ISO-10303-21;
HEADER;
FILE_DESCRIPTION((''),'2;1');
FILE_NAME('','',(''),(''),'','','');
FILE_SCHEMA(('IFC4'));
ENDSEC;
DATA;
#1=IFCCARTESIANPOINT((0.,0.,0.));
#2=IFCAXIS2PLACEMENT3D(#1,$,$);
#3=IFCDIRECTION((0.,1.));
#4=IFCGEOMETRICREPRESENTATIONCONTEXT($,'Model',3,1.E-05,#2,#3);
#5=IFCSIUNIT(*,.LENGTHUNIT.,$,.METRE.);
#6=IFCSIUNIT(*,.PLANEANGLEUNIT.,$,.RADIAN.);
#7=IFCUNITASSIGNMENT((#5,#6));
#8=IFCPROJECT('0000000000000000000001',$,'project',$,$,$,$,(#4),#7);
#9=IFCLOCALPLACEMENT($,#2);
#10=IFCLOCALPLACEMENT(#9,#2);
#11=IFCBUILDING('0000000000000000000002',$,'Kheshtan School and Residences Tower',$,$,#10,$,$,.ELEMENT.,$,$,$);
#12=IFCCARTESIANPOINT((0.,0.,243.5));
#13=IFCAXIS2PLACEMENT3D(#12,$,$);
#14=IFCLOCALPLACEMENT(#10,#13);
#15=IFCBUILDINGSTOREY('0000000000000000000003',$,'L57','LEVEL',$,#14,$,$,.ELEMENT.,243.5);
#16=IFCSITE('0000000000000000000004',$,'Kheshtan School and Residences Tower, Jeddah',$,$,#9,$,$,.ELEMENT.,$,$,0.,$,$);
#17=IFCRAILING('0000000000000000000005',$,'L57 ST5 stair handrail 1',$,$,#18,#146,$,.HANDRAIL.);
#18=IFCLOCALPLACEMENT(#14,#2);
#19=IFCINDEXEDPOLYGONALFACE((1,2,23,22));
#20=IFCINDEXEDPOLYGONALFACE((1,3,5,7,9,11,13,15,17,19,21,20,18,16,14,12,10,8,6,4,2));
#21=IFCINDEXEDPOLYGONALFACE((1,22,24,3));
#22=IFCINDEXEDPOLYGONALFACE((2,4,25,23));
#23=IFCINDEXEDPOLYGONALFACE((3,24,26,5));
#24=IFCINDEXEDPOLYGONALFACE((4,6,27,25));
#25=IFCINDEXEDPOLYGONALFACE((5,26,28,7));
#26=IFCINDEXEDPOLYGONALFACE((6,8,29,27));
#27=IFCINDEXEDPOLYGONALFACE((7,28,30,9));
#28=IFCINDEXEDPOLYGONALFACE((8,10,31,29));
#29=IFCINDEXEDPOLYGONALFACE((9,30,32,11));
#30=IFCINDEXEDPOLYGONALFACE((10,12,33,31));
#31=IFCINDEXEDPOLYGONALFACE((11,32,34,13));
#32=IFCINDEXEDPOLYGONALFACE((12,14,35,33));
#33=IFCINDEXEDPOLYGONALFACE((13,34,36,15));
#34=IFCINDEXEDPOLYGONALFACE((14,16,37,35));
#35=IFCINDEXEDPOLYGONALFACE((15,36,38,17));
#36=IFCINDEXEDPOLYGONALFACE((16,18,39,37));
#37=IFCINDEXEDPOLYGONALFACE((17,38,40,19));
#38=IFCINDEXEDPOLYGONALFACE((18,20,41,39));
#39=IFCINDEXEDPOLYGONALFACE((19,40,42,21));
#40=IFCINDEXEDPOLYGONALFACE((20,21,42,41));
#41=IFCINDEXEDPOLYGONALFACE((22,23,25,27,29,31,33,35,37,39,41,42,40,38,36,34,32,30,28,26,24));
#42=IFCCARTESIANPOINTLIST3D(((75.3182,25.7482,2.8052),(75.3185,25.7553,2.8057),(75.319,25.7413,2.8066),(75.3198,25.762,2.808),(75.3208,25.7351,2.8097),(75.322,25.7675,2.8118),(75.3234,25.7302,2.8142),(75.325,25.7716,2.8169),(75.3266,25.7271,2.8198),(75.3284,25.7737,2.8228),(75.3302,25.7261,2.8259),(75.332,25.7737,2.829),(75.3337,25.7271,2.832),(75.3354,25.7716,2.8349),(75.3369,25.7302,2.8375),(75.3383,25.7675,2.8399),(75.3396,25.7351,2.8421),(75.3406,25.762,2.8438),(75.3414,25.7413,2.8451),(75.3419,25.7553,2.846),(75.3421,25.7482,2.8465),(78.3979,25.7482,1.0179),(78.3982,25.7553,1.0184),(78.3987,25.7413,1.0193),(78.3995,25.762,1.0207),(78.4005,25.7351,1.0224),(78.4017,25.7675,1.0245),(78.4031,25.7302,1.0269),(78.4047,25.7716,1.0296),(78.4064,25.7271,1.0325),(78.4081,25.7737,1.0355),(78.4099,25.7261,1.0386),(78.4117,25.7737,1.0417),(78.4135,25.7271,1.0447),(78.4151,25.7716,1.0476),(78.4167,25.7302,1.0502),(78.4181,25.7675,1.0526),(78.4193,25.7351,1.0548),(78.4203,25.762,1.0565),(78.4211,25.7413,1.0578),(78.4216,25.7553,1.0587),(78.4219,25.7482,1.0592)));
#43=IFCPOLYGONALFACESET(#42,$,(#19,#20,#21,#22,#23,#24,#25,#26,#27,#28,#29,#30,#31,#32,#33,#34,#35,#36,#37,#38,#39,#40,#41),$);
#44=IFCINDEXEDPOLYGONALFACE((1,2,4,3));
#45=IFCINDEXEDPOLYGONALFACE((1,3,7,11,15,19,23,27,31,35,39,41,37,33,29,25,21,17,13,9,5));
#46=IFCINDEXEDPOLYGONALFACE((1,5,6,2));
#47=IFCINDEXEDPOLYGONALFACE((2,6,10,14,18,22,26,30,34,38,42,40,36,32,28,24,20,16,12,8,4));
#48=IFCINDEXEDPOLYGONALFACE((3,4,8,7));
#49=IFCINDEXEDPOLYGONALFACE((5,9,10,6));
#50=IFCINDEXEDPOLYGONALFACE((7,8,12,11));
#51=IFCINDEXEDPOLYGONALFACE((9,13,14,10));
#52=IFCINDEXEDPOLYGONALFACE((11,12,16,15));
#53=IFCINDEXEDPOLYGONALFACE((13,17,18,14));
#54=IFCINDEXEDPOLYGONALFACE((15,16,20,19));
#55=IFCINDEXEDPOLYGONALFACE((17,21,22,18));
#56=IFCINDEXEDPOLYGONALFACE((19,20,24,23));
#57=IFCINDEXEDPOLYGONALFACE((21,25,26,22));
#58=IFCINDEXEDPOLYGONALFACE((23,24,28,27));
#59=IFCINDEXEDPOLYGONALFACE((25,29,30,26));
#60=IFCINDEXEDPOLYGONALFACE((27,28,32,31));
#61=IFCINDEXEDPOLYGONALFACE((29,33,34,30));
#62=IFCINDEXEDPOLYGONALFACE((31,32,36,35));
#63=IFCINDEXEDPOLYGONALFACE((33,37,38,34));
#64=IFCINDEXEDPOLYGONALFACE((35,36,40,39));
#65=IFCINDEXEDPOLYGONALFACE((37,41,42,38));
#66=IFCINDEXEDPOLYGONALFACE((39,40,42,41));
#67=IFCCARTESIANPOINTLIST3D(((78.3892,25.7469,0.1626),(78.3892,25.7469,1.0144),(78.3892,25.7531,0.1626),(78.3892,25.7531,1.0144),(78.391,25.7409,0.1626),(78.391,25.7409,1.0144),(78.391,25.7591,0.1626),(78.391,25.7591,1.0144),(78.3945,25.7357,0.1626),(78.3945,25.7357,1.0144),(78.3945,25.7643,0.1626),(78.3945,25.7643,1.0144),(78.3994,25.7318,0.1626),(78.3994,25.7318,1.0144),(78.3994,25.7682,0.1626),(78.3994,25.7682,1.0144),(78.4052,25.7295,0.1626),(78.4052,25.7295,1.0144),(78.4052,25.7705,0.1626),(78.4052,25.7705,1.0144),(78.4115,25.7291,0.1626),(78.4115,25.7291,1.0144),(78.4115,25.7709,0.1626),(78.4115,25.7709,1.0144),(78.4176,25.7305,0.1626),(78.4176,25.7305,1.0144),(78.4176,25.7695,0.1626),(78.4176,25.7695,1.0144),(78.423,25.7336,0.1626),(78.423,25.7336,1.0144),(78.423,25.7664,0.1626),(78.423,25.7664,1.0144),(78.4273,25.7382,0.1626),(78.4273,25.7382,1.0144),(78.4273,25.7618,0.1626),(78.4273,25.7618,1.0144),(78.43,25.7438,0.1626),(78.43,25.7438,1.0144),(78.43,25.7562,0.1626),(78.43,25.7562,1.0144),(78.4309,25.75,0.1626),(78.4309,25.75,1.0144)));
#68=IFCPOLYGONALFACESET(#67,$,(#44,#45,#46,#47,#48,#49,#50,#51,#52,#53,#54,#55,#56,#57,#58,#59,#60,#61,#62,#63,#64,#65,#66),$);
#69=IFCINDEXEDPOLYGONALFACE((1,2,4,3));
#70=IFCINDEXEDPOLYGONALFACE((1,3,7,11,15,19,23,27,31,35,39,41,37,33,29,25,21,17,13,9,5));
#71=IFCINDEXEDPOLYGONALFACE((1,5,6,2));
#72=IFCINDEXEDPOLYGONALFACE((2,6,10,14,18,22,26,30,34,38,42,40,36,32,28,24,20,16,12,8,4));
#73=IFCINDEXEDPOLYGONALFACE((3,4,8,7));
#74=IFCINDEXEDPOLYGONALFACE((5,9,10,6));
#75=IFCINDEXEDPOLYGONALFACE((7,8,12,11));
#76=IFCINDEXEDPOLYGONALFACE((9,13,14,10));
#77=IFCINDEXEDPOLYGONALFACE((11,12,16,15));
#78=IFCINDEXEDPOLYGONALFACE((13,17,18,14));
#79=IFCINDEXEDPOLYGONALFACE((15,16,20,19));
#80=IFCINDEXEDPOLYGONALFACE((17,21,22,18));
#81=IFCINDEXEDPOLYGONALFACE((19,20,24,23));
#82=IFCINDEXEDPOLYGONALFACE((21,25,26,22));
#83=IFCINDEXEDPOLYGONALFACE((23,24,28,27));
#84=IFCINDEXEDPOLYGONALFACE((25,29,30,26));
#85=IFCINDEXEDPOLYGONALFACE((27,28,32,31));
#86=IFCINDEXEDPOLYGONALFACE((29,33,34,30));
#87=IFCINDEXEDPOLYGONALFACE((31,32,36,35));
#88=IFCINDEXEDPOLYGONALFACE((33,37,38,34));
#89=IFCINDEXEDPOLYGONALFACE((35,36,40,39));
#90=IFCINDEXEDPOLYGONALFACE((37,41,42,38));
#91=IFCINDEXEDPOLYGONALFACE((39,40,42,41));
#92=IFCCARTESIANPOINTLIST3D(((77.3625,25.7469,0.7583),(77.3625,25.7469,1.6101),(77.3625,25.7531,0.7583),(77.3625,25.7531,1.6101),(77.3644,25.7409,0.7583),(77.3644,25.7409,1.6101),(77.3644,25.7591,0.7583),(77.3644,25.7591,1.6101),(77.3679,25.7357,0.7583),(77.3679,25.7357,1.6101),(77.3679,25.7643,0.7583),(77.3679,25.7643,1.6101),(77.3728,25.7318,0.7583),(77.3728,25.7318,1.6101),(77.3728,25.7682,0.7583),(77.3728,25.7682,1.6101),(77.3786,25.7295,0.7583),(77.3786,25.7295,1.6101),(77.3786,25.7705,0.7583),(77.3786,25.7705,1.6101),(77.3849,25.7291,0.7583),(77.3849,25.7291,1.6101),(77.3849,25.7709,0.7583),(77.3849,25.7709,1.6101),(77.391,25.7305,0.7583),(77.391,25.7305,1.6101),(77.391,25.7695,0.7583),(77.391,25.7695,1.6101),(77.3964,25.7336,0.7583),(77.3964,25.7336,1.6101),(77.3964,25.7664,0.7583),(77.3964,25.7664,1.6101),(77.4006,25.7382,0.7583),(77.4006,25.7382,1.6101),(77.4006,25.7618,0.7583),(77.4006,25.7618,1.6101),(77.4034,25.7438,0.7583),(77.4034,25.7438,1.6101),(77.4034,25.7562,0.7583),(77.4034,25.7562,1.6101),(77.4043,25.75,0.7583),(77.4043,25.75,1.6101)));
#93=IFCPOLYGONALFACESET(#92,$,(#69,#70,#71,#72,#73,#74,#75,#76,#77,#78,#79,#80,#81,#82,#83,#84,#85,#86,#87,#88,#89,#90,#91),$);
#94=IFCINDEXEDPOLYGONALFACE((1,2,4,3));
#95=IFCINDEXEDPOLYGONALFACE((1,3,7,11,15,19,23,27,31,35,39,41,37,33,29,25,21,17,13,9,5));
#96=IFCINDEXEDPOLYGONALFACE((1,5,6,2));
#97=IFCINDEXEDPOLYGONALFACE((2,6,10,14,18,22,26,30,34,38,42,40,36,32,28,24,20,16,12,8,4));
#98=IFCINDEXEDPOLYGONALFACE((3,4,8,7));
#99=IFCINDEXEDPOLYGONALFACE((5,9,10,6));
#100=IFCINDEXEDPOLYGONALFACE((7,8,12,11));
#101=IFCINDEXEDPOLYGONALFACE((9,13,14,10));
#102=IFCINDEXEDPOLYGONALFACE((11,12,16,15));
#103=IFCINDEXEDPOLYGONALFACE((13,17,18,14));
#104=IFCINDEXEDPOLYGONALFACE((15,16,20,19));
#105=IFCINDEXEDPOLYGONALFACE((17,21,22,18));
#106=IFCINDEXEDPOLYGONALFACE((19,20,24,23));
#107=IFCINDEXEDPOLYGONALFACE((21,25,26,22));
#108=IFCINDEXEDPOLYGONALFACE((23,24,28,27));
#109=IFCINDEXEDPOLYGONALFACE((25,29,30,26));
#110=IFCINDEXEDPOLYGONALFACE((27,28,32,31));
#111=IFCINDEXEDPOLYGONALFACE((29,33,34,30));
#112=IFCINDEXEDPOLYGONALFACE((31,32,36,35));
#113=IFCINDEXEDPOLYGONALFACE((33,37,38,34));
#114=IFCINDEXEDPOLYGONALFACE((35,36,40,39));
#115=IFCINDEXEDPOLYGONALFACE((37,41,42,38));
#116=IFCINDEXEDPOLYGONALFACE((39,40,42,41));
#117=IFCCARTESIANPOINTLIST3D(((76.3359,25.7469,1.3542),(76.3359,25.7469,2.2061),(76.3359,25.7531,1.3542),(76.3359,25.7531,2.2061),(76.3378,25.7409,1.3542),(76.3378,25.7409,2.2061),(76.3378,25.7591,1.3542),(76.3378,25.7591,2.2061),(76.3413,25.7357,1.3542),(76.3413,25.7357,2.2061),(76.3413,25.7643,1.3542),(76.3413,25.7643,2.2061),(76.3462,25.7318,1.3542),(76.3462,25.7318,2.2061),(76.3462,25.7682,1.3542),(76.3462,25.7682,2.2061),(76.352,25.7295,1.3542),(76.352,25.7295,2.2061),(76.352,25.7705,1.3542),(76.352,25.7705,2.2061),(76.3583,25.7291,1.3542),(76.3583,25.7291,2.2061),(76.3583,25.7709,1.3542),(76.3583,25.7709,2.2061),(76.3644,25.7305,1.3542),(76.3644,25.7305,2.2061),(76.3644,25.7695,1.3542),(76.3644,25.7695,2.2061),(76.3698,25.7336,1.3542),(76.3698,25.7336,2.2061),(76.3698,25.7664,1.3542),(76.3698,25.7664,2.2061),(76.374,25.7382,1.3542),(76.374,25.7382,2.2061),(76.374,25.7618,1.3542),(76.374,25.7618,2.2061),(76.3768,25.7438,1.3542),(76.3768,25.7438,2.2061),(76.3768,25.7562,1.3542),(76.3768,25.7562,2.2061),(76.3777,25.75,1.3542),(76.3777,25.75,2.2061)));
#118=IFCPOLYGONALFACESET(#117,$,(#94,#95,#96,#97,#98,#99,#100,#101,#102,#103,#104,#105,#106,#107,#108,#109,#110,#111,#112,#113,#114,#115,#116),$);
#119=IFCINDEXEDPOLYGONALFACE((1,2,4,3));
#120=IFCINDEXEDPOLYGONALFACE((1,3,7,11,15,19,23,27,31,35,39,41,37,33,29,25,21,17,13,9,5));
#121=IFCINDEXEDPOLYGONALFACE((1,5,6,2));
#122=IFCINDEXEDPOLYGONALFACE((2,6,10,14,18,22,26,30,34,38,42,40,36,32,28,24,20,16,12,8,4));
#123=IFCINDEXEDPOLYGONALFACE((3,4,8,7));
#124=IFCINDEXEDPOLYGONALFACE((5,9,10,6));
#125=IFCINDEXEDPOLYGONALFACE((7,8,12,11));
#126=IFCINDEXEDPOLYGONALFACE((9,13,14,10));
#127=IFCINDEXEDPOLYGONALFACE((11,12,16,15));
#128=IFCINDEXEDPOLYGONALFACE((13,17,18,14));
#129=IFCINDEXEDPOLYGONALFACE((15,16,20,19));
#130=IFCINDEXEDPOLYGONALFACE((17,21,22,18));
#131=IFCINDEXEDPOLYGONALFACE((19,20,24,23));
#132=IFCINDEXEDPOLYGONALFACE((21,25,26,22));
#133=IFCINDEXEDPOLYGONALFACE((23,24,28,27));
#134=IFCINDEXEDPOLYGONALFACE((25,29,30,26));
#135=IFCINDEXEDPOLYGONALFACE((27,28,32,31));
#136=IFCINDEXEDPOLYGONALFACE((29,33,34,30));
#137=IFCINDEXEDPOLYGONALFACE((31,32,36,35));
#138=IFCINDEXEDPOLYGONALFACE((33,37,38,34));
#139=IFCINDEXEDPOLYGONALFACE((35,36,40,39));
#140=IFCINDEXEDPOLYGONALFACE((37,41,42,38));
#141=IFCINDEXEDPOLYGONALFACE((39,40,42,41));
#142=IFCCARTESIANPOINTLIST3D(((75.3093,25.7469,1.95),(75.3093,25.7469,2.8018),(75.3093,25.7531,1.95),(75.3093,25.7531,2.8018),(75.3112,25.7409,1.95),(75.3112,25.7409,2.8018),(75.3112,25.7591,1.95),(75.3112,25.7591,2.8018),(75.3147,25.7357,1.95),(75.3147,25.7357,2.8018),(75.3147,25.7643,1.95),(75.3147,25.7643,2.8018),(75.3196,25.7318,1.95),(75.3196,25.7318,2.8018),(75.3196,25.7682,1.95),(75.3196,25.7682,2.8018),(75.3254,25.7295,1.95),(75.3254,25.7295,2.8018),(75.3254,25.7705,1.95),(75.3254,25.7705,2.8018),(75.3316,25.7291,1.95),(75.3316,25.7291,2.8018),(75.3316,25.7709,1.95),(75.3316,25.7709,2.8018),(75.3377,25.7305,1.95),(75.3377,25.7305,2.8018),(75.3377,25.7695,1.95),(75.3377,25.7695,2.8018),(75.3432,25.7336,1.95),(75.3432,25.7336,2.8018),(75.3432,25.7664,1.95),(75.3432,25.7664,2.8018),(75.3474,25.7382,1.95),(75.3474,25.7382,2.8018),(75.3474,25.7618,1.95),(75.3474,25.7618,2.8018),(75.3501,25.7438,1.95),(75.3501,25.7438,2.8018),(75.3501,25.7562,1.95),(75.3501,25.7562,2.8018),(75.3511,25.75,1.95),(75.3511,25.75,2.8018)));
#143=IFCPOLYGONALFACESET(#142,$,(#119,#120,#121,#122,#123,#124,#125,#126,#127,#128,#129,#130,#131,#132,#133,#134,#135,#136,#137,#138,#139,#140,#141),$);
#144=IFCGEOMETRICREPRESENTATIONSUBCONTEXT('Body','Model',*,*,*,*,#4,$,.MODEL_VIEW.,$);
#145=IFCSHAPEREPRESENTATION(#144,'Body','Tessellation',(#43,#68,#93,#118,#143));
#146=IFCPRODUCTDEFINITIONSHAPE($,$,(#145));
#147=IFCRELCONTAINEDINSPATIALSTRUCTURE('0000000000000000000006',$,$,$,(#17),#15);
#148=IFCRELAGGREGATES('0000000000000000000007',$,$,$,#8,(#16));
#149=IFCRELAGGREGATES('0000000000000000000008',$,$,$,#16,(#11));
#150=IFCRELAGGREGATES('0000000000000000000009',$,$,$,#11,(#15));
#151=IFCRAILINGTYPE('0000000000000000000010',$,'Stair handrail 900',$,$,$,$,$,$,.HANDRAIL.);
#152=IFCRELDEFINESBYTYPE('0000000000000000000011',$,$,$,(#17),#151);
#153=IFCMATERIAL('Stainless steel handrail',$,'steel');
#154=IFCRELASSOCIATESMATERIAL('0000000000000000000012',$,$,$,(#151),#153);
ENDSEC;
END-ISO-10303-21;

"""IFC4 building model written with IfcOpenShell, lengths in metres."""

from ifc_helpers import new_model, si_unit, direction, frame, origin, origin_2d, place, context, subcontext, project, spatial, circle, extrude, material, type_object, element, save


model = new_model("IFC4")

# Units and contexts
model_context = context("Model", 3, precision=1e-05, world=origin(), true_north=direction((0.0, 1.0)))
body_context = subcontext(model_context, "Body", "Model", "MODEL_VIEW")
ifc_project = project(units=[si_unit("LENGTHUNIT", "METRE"), si_unit("PLANEANGLEUNIT", "RADIAN")], contexts=[model_context])

# Site, building, storey
site_placement = place(None, origin())
site = spatial("IfcSite", under=ifc_project, at=site_placement, Name="Kheshtan School and Residences Tower, Jeddah", CompositionType="ELEMENT", RefElevation=0.0)
building_placement = place(site_placement, origin())
building = spatial("IfcBuilding", under=site, at=building_placement, Name="Kheshtan School and Residences Tower", CompositionType="ELEMENT")
storey_placement = place(building_placement, frame((0.0, 0.0, 243.5)))
storey = spatial("IfcBuildingStorey", under=building, at=storey_placement, Name="L57", Description="LEVEL", CompositionType="ELEMENT", Elevation=243.5)

# Railing
ifc_material_1 = material(Name="Stainless steel handrail", Category="steel")
railing_type_1 = type_object("IfcRailingType", Name="Stair handrail 900", PredefinedType="HANDRAIL", material=ifc_material_1)
railing_1_placement = place(storey_placement, frame((78.4099, 25.75, 0.1626)))
element("IfcRailing", 1, at=railing_1_placement, inside=storey, type_object=railing_type_1, Name="L57 ST5 stair handrail 1", PredefinedType="HANDRAIL", context=body_context, shape_type="SweptSolid", body=[
    extrude(circle(Radius=0.0239, at=origin_2d()), frame((0.0, 0.0, 0.876), z_axis=(-0.864903, 0.0, 0.501939), x_axis=(0.0, -1.0, 0.0)), (0.0, 0.0, 1.0), 3.5608),
    extrude(circle(Radius=0.021, at=origin_2d()), origin(), (0.0, 0.0, 1.0), 0.8518),
    extrude(circle(Radius=0.021, at=origin_2d()), frame((-1.0266, 0.0, 0.5957)), (0.0, 0.0, 1.0), 0.8518),
    extrude(circle(Radius=0.021, at=origin_2d()), frame((-2.0532, 0.0, 1.1917)), (0.0, 0.0, 1.0), 0.8518),
    extrude(circle(Radius=0.021, at=origin_2d()), frame((-3.0798, 0.0, 1.7874)), (0.0, 0.0, 1.0), 0.8518),
])

save(model, "model.ifc")
